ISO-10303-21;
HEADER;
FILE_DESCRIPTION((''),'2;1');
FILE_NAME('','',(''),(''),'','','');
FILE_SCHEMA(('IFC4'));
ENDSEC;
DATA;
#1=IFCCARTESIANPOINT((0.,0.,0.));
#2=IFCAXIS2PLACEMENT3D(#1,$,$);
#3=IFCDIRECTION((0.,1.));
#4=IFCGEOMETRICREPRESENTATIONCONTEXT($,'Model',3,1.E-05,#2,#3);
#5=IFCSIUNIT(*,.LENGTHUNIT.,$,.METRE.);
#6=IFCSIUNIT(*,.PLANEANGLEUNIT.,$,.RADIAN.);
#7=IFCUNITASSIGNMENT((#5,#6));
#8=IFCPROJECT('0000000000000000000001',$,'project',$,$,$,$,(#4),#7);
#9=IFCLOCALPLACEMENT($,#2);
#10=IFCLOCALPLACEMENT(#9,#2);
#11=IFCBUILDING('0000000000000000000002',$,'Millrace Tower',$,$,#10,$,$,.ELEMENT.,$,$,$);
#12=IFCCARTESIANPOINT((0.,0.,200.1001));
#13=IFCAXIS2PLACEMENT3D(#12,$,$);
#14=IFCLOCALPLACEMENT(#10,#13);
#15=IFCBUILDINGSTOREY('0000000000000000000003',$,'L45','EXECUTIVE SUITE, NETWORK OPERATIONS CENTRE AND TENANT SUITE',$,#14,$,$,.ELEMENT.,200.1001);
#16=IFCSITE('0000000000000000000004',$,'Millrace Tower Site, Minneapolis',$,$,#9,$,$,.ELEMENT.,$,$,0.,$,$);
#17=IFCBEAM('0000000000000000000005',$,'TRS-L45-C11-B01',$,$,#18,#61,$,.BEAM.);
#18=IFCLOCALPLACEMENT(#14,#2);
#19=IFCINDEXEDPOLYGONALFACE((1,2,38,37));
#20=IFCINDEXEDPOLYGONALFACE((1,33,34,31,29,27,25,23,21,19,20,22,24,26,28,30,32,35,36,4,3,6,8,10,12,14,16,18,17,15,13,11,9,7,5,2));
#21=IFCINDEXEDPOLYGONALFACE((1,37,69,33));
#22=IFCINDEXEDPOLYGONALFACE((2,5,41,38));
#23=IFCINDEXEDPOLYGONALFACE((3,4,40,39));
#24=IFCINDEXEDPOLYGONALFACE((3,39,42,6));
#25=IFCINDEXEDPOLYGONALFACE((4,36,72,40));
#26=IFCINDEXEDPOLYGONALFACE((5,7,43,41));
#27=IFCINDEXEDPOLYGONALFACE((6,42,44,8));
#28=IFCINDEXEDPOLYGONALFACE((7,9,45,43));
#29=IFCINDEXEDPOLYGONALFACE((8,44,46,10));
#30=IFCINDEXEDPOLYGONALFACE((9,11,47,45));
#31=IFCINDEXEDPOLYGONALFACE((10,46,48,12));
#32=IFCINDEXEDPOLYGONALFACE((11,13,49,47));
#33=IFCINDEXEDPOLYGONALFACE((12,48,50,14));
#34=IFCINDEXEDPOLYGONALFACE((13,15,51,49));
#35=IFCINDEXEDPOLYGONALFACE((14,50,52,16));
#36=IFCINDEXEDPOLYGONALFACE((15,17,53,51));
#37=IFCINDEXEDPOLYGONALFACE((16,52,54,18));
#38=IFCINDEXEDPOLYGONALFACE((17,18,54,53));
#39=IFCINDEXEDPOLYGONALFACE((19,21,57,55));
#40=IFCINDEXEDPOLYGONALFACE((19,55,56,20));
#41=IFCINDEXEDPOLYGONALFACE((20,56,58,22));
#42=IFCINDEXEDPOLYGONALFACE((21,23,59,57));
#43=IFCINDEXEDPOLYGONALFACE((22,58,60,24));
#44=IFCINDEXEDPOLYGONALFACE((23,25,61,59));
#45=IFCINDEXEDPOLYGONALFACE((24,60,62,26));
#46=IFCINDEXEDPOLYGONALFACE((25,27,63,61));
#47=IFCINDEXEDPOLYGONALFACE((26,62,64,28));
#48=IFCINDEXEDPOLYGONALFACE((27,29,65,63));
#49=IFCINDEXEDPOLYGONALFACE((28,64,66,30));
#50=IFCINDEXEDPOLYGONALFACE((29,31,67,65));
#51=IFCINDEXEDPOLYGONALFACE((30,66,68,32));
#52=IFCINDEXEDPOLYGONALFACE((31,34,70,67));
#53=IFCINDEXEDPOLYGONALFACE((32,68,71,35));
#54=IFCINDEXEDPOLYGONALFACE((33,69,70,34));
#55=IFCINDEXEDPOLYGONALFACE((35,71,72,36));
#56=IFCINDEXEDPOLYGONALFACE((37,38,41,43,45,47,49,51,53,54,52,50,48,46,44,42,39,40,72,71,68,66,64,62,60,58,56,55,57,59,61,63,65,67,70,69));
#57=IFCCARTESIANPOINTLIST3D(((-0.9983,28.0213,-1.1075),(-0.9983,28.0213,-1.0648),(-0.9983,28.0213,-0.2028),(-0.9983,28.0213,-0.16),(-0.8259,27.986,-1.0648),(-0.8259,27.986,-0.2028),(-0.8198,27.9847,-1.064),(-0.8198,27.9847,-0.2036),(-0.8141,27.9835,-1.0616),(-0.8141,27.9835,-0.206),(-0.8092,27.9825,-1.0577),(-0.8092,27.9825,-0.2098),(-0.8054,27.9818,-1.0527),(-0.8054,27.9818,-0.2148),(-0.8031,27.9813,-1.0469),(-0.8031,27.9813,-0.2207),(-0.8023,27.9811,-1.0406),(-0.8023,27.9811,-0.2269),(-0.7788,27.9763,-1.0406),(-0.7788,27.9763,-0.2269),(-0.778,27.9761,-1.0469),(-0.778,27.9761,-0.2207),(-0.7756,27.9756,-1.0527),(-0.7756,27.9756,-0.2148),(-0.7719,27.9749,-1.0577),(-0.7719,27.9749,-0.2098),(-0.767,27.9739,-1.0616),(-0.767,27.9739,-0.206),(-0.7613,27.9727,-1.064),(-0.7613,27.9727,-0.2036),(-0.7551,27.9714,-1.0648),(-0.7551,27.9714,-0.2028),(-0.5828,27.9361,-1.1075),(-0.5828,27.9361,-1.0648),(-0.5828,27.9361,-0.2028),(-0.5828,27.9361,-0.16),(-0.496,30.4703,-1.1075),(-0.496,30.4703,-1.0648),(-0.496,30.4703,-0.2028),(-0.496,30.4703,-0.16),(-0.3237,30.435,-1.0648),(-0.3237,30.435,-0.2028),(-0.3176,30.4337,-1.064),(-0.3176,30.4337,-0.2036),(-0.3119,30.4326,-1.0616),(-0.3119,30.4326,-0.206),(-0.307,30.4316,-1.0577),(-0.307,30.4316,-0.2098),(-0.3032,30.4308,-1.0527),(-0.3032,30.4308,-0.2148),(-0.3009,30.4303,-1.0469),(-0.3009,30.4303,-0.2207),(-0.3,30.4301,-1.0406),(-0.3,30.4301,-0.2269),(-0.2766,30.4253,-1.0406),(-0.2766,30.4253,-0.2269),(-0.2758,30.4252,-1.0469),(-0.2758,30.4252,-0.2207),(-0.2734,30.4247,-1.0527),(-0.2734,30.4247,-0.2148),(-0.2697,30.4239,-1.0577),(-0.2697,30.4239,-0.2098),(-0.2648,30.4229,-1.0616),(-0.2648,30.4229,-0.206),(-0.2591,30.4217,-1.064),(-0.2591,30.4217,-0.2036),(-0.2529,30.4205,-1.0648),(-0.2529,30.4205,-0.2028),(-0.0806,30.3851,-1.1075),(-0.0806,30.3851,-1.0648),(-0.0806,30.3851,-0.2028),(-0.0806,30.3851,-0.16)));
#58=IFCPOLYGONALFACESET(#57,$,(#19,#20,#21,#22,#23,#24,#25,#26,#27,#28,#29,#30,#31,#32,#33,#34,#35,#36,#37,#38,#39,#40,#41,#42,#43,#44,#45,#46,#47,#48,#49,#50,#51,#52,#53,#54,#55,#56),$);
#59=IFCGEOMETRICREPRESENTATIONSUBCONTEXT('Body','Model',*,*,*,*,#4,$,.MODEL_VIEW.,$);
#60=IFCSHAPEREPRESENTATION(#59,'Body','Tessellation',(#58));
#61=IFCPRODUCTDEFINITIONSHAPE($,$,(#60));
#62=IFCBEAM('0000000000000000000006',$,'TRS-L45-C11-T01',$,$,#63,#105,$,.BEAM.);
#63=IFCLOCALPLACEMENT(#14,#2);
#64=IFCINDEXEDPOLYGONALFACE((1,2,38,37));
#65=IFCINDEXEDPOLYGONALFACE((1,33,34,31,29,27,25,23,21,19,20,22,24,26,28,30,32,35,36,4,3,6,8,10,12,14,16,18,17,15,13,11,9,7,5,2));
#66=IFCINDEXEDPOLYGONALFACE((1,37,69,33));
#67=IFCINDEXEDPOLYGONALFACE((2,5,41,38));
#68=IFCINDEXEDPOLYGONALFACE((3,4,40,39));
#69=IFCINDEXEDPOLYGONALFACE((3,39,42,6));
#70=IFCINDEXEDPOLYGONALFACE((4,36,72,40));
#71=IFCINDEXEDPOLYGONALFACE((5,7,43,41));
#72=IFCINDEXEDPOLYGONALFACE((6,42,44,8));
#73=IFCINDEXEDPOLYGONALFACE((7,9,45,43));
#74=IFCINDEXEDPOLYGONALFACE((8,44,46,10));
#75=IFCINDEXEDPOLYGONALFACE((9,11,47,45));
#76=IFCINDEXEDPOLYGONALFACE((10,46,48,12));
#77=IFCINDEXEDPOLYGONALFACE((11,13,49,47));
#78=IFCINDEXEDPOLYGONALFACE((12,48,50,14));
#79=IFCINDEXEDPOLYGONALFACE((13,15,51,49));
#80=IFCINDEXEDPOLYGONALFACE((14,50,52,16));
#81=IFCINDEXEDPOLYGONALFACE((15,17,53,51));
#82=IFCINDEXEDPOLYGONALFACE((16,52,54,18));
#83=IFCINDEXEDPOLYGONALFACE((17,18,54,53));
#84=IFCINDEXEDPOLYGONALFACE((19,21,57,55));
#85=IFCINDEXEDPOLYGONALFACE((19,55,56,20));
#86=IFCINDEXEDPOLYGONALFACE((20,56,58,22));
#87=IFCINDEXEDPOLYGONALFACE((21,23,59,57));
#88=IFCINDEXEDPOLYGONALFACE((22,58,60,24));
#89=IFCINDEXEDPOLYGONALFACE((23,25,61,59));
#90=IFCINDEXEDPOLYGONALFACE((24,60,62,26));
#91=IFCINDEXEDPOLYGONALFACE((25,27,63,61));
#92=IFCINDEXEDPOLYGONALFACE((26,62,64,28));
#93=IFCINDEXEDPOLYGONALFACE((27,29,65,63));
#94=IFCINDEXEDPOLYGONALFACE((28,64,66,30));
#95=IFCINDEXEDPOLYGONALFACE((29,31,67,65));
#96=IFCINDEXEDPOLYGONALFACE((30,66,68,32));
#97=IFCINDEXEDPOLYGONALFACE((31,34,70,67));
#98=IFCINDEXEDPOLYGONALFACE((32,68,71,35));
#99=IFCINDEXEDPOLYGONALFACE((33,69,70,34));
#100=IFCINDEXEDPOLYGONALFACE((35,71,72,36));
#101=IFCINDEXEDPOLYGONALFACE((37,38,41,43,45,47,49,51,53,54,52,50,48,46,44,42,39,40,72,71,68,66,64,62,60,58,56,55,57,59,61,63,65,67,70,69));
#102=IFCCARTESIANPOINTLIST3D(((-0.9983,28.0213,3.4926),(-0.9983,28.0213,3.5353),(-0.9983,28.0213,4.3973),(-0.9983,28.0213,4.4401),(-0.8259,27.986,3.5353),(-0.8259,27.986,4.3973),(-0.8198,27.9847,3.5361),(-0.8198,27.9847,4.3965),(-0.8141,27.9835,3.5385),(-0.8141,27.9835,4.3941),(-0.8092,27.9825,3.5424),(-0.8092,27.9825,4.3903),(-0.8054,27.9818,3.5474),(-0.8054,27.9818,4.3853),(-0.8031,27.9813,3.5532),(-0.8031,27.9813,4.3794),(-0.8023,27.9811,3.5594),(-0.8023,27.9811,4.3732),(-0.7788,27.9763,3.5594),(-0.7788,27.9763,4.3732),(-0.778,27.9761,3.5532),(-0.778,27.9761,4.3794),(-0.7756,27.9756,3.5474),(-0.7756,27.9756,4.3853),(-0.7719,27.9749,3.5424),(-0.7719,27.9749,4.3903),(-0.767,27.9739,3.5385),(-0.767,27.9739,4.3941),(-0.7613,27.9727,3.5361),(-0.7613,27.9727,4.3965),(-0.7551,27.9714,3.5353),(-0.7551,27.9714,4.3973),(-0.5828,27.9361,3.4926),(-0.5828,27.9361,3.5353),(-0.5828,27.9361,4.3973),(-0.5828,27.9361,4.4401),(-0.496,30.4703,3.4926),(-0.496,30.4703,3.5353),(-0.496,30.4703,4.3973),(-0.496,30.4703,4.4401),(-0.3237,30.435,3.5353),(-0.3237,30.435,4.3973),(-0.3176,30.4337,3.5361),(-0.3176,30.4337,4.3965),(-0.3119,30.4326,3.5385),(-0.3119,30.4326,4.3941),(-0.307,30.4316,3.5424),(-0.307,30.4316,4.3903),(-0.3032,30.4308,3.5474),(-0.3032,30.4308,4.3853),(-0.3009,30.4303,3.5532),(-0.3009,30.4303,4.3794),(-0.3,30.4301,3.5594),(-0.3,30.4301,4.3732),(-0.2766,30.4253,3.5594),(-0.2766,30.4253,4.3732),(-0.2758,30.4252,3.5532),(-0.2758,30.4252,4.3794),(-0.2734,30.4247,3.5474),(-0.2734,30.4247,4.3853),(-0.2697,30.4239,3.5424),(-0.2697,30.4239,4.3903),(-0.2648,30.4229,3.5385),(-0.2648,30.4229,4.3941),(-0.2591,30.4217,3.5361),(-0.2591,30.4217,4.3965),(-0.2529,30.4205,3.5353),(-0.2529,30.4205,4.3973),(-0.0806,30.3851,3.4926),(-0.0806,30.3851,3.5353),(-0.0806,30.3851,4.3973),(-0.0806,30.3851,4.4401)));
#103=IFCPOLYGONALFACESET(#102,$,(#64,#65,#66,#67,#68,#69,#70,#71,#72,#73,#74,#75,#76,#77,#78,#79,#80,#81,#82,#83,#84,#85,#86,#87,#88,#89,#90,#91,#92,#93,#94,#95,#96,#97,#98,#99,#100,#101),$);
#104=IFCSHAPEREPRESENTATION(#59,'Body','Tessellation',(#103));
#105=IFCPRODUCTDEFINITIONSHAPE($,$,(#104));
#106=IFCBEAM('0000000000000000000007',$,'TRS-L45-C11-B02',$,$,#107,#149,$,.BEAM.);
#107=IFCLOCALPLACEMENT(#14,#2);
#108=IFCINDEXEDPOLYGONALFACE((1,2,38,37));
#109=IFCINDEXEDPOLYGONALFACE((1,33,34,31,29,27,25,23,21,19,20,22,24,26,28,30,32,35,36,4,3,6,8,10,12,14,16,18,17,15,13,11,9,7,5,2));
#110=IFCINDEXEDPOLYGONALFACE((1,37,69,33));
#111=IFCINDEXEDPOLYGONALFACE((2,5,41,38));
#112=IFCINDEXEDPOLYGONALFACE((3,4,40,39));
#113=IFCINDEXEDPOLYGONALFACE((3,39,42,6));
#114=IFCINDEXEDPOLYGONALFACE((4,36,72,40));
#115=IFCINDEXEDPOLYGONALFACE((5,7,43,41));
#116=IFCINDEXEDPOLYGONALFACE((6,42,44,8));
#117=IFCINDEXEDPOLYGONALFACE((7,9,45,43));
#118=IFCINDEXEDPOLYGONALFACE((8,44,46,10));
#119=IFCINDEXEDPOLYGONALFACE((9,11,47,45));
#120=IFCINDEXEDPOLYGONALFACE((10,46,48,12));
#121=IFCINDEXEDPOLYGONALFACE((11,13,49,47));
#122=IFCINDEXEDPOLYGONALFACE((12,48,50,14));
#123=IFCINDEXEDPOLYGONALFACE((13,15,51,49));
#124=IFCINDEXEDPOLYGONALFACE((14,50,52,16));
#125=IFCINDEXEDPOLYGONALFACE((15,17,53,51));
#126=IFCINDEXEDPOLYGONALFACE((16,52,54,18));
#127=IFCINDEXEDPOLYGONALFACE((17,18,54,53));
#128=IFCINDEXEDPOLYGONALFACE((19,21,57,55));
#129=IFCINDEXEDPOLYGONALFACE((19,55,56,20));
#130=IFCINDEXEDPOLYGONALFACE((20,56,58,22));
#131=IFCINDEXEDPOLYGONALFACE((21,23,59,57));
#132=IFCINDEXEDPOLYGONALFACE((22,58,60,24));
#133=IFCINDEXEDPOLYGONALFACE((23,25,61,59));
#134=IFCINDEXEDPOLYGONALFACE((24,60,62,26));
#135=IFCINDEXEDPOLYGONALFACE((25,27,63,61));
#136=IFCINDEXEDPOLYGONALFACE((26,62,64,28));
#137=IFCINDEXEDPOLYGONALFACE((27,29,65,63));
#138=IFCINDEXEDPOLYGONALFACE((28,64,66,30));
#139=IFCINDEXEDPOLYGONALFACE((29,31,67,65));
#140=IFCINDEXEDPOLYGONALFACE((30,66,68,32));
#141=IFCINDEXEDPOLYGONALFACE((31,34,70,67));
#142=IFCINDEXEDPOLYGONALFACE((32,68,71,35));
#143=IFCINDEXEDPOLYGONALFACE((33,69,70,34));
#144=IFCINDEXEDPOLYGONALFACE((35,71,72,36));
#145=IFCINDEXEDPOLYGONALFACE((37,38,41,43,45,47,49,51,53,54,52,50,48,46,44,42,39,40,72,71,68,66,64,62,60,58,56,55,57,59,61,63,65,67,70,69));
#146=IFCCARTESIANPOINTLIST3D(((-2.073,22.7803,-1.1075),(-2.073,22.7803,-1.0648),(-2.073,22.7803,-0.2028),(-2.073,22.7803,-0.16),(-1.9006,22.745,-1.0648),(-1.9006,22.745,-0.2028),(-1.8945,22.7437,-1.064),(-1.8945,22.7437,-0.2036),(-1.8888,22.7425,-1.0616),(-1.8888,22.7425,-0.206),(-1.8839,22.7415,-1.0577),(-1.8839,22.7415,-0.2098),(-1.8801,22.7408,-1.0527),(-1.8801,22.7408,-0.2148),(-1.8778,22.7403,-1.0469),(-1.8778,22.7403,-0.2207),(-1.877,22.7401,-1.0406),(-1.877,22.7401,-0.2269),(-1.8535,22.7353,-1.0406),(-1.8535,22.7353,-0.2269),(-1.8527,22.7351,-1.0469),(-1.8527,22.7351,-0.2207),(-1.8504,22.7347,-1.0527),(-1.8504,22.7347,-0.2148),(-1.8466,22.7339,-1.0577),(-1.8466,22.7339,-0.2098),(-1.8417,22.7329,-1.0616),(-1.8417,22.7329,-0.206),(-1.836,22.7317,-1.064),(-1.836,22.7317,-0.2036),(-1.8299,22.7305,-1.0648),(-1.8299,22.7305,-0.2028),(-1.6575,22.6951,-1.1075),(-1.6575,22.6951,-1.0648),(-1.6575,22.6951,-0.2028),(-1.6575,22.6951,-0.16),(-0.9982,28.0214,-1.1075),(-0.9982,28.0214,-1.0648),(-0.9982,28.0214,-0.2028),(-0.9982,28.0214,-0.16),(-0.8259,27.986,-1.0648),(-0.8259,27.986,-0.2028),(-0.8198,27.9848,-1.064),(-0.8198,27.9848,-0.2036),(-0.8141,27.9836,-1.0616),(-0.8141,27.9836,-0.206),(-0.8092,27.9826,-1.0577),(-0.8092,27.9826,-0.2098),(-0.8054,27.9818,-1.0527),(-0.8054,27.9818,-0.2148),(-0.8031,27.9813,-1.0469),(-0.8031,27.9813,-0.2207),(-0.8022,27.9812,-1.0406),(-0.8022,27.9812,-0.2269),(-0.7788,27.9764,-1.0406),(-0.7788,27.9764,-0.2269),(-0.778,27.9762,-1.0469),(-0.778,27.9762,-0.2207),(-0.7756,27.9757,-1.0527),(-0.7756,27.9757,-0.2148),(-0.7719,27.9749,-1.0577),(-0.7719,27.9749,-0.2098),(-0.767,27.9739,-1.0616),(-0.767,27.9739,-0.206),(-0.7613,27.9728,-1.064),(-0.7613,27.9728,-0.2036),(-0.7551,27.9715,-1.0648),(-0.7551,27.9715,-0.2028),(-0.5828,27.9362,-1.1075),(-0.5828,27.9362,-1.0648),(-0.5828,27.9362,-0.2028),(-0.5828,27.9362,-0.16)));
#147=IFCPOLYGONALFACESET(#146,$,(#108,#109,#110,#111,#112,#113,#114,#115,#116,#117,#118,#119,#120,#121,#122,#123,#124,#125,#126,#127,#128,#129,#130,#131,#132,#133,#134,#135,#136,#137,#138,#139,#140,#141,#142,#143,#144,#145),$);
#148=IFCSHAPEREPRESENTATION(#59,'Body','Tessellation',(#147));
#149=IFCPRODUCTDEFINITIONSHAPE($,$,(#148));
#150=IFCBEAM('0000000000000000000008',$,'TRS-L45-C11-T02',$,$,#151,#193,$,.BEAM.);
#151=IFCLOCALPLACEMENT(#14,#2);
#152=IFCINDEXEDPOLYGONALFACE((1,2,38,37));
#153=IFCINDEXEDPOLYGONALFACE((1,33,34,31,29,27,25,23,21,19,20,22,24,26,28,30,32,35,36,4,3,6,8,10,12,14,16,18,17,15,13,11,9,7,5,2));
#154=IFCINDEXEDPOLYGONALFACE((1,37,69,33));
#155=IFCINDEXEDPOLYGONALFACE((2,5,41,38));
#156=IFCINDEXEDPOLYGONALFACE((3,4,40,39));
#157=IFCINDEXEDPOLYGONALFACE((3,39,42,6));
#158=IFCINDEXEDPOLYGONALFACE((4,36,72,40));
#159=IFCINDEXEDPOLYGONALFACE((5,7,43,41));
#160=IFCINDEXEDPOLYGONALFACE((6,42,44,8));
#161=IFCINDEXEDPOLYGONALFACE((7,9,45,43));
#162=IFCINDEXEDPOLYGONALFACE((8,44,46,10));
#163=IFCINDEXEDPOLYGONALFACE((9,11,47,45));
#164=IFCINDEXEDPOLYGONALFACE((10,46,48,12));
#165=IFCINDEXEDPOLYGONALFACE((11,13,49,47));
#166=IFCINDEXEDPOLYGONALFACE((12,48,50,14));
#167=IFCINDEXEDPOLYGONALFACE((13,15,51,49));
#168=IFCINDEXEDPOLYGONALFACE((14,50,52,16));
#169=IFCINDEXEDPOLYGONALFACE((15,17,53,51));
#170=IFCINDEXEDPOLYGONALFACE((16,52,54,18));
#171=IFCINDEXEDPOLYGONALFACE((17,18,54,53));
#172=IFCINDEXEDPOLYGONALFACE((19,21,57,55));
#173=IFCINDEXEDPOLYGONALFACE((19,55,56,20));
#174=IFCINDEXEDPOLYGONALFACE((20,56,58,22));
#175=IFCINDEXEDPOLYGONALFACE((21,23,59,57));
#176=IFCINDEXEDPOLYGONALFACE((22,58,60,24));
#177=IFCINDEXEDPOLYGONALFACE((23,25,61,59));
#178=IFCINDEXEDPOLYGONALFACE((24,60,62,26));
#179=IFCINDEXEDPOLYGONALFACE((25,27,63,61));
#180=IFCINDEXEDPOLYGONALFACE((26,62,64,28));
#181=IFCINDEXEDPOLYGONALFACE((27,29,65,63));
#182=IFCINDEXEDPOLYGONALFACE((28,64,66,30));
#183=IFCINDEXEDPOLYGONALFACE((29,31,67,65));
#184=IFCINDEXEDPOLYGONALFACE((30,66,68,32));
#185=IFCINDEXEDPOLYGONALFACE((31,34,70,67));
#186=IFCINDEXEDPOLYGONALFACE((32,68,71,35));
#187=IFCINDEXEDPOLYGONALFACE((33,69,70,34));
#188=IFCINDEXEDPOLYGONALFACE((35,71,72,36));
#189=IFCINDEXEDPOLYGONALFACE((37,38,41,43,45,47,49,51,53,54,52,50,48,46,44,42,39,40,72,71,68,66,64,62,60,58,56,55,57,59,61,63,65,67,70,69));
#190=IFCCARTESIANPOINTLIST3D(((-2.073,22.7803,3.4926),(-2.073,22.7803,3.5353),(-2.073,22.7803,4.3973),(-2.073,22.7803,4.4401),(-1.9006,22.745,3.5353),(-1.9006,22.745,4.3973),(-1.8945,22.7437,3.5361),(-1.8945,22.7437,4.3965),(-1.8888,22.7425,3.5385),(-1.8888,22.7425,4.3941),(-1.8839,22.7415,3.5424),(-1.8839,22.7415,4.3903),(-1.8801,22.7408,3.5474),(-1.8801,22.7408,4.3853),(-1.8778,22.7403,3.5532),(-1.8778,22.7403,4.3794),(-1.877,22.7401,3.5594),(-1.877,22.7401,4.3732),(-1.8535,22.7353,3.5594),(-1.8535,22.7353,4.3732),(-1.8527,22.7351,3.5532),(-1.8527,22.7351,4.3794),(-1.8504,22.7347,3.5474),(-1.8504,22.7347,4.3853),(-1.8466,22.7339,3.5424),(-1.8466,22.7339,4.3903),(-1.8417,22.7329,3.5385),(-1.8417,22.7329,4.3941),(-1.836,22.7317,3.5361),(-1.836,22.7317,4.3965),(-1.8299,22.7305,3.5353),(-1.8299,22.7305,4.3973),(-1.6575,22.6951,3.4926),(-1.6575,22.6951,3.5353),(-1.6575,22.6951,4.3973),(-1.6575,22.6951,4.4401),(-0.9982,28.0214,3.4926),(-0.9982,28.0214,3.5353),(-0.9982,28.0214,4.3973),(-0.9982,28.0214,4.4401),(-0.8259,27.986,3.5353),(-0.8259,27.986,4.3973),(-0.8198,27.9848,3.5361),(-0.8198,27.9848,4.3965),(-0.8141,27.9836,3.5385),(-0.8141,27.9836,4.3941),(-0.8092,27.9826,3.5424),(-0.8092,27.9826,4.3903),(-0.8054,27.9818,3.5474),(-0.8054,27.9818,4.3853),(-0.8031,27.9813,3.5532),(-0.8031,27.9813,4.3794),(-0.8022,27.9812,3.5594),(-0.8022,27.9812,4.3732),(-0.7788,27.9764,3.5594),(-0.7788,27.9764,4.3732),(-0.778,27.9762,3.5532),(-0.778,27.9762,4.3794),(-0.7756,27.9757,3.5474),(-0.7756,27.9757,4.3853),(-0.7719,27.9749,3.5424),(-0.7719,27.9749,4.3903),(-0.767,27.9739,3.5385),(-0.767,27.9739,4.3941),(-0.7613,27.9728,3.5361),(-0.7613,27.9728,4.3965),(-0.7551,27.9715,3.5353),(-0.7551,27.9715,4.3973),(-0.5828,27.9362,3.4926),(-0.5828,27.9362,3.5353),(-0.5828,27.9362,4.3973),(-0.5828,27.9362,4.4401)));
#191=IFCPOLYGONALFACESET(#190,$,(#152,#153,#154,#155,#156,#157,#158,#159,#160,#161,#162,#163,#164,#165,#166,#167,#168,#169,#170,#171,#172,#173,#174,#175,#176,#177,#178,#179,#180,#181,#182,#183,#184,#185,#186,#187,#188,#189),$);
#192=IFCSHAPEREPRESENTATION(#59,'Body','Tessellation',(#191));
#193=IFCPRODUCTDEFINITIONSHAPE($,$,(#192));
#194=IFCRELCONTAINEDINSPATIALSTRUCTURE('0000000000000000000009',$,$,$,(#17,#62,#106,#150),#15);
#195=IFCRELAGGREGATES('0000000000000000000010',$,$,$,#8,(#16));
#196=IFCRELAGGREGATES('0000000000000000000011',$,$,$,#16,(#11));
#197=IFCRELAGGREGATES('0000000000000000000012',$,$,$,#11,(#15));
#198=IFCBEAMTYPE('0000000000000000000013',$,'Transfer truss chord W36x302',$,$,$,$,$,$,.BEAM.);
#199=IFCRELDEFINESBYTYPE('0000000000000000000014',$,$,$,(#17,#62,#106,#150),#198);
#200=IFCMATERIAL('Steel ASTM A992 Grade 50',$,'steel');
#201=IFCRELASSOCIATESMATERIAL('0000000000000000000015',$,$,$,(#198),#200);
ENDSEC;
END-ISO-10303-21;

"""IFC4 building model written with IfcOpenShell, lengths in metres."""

from ifc_helpers import new_model, si_unit, direction, frame, origin, origin_2d, place, context, subcontext, project, spatial, i_section, extrude, material, material_profile, profile_set, type_object, element, save


model = new_model("IFC4")

# Units and contexts
model_context = context("Model", 3, precision=1e-05, world=origin(), true_north=direction((0.0, 1.0)))
body_context = subcontext(model_context, "Body", "Model", "MODEL_VIEW")
ifc_project = project(units=[si_unit("LENGTHUNIT", "METRE"), si_unit("PLANEANGLEUNIT", "RADIAN")], contexts=[model_context])

# Site, building, storey
site_placement = place(None, origin())
site = spatial("IfcSite", under=ifc_project, at=site_placement, Name="Millrace Tower Site, Minneapolis", CompositionType="ELEMENT", RefElevation=0.0)
building_placement = place(site_placement, origin())
building = spatial("IfcBuilding", under=site, at=building_placement, Name="Millrace Tower", CompositionType="ELEMENT")
storey_placement = place(building_placement, frame((0.0, 0.0, 200.1001)))
storey = spatial("IfcBuildingStorey", under=building, at=storey_placement, Name="L45", Description="EXECUTIVE SUITE, NETWORK OPERATIONS CENTRE AND TENANT SUITE", CompositionType="ELEMENT", Elevation=200.1001)

# Beams
ifc_material_1 = material(Name="Steel ASTM A992 Grade 50", Category="steel")
ifc_material_profile_1 = material_profile(ifc_material_1, i_section(OverallWidth=0.4241, OverallDepth=0.9475, WebThickness=0.0239, FlangeThickness=0.0427, FilletRadius=0.0242, at=origin_2d()))
ifc_profile_set_1 = profile_set([ifc_material_profile_1], Name="Steel ASTM A992 Grade 50")
beam_type_1 = type_object("IfcBeamType", Name="Transfer truss chord W36x302", PredefinedType="BEAM", material=ifc_profile_set_1)
for number, where, z_axis, x_axis, name in (
    (1, (-0.2883, 30.4277, -0.6338), (-0.200884, -0.979615, 0.0), (0.979615, -0.200884, 0.0), "TRS-L45-C11-B01"),
    (2, (-0.2883, 30.4277, 3.9663), (-0.200884, -0.979615, 0.0), (0.979615, -0.200884, 0.0), "TRS-L45-C11-T01"),
):
    element("IfcBeam", number, at=place(storey_placement, frame(where, z_axis=z_axis, x_axis=x_axis)), inside=storey, type_object=beam_type_1, Name=name, PredefinedType="BEAM", context=body_context, shape_type="SweptSolid", body=[
        extrude(i_section(OverallWidth=0.4241, OverallDepth=0.9475, WebThickness=0.0239, FlangeThickness=0.0427, FilletRadius=0.0242, at=origin_2d()), origin(), (0.0, 0.0, 1.0), 2.5),
    ])
for number, where, z_axis, x_axis, name in (
    (3, (-0.7905, 27.9788, -0.6338), (-0.200879, -0.979616, 0.0), (0.979616, -0.200879, 0.0), "TRS-L45-C11-B02"),
    (4, (-0.7905, 27.9788, 3.9663), (-0.200879, -0.979616, 0.0), (0.979616, -0.200879, 0.0), "TRS-L45-C11-T02"),
):
    element("IfcBeam", number, at=place(storey_placement, frame(where, z_axis=z_axis, x_axis=x_axis)), inside=storey, type_object=beam_type_1, Name=name, PredefinedType="BEAM", context=body_context, shape_type="SweptSolid", body=[
        extrude(i_section(OverallWidth=0.4241, OverallDepth=0.9475, WebThickness=0.0239, FlangeThickness=0.0427, FilletRadius=0.0242, at=origin_2d()), origin(), (0.0, 0.0, 1.0), 5.3501),
    ])

save(model, "model.ifc")
